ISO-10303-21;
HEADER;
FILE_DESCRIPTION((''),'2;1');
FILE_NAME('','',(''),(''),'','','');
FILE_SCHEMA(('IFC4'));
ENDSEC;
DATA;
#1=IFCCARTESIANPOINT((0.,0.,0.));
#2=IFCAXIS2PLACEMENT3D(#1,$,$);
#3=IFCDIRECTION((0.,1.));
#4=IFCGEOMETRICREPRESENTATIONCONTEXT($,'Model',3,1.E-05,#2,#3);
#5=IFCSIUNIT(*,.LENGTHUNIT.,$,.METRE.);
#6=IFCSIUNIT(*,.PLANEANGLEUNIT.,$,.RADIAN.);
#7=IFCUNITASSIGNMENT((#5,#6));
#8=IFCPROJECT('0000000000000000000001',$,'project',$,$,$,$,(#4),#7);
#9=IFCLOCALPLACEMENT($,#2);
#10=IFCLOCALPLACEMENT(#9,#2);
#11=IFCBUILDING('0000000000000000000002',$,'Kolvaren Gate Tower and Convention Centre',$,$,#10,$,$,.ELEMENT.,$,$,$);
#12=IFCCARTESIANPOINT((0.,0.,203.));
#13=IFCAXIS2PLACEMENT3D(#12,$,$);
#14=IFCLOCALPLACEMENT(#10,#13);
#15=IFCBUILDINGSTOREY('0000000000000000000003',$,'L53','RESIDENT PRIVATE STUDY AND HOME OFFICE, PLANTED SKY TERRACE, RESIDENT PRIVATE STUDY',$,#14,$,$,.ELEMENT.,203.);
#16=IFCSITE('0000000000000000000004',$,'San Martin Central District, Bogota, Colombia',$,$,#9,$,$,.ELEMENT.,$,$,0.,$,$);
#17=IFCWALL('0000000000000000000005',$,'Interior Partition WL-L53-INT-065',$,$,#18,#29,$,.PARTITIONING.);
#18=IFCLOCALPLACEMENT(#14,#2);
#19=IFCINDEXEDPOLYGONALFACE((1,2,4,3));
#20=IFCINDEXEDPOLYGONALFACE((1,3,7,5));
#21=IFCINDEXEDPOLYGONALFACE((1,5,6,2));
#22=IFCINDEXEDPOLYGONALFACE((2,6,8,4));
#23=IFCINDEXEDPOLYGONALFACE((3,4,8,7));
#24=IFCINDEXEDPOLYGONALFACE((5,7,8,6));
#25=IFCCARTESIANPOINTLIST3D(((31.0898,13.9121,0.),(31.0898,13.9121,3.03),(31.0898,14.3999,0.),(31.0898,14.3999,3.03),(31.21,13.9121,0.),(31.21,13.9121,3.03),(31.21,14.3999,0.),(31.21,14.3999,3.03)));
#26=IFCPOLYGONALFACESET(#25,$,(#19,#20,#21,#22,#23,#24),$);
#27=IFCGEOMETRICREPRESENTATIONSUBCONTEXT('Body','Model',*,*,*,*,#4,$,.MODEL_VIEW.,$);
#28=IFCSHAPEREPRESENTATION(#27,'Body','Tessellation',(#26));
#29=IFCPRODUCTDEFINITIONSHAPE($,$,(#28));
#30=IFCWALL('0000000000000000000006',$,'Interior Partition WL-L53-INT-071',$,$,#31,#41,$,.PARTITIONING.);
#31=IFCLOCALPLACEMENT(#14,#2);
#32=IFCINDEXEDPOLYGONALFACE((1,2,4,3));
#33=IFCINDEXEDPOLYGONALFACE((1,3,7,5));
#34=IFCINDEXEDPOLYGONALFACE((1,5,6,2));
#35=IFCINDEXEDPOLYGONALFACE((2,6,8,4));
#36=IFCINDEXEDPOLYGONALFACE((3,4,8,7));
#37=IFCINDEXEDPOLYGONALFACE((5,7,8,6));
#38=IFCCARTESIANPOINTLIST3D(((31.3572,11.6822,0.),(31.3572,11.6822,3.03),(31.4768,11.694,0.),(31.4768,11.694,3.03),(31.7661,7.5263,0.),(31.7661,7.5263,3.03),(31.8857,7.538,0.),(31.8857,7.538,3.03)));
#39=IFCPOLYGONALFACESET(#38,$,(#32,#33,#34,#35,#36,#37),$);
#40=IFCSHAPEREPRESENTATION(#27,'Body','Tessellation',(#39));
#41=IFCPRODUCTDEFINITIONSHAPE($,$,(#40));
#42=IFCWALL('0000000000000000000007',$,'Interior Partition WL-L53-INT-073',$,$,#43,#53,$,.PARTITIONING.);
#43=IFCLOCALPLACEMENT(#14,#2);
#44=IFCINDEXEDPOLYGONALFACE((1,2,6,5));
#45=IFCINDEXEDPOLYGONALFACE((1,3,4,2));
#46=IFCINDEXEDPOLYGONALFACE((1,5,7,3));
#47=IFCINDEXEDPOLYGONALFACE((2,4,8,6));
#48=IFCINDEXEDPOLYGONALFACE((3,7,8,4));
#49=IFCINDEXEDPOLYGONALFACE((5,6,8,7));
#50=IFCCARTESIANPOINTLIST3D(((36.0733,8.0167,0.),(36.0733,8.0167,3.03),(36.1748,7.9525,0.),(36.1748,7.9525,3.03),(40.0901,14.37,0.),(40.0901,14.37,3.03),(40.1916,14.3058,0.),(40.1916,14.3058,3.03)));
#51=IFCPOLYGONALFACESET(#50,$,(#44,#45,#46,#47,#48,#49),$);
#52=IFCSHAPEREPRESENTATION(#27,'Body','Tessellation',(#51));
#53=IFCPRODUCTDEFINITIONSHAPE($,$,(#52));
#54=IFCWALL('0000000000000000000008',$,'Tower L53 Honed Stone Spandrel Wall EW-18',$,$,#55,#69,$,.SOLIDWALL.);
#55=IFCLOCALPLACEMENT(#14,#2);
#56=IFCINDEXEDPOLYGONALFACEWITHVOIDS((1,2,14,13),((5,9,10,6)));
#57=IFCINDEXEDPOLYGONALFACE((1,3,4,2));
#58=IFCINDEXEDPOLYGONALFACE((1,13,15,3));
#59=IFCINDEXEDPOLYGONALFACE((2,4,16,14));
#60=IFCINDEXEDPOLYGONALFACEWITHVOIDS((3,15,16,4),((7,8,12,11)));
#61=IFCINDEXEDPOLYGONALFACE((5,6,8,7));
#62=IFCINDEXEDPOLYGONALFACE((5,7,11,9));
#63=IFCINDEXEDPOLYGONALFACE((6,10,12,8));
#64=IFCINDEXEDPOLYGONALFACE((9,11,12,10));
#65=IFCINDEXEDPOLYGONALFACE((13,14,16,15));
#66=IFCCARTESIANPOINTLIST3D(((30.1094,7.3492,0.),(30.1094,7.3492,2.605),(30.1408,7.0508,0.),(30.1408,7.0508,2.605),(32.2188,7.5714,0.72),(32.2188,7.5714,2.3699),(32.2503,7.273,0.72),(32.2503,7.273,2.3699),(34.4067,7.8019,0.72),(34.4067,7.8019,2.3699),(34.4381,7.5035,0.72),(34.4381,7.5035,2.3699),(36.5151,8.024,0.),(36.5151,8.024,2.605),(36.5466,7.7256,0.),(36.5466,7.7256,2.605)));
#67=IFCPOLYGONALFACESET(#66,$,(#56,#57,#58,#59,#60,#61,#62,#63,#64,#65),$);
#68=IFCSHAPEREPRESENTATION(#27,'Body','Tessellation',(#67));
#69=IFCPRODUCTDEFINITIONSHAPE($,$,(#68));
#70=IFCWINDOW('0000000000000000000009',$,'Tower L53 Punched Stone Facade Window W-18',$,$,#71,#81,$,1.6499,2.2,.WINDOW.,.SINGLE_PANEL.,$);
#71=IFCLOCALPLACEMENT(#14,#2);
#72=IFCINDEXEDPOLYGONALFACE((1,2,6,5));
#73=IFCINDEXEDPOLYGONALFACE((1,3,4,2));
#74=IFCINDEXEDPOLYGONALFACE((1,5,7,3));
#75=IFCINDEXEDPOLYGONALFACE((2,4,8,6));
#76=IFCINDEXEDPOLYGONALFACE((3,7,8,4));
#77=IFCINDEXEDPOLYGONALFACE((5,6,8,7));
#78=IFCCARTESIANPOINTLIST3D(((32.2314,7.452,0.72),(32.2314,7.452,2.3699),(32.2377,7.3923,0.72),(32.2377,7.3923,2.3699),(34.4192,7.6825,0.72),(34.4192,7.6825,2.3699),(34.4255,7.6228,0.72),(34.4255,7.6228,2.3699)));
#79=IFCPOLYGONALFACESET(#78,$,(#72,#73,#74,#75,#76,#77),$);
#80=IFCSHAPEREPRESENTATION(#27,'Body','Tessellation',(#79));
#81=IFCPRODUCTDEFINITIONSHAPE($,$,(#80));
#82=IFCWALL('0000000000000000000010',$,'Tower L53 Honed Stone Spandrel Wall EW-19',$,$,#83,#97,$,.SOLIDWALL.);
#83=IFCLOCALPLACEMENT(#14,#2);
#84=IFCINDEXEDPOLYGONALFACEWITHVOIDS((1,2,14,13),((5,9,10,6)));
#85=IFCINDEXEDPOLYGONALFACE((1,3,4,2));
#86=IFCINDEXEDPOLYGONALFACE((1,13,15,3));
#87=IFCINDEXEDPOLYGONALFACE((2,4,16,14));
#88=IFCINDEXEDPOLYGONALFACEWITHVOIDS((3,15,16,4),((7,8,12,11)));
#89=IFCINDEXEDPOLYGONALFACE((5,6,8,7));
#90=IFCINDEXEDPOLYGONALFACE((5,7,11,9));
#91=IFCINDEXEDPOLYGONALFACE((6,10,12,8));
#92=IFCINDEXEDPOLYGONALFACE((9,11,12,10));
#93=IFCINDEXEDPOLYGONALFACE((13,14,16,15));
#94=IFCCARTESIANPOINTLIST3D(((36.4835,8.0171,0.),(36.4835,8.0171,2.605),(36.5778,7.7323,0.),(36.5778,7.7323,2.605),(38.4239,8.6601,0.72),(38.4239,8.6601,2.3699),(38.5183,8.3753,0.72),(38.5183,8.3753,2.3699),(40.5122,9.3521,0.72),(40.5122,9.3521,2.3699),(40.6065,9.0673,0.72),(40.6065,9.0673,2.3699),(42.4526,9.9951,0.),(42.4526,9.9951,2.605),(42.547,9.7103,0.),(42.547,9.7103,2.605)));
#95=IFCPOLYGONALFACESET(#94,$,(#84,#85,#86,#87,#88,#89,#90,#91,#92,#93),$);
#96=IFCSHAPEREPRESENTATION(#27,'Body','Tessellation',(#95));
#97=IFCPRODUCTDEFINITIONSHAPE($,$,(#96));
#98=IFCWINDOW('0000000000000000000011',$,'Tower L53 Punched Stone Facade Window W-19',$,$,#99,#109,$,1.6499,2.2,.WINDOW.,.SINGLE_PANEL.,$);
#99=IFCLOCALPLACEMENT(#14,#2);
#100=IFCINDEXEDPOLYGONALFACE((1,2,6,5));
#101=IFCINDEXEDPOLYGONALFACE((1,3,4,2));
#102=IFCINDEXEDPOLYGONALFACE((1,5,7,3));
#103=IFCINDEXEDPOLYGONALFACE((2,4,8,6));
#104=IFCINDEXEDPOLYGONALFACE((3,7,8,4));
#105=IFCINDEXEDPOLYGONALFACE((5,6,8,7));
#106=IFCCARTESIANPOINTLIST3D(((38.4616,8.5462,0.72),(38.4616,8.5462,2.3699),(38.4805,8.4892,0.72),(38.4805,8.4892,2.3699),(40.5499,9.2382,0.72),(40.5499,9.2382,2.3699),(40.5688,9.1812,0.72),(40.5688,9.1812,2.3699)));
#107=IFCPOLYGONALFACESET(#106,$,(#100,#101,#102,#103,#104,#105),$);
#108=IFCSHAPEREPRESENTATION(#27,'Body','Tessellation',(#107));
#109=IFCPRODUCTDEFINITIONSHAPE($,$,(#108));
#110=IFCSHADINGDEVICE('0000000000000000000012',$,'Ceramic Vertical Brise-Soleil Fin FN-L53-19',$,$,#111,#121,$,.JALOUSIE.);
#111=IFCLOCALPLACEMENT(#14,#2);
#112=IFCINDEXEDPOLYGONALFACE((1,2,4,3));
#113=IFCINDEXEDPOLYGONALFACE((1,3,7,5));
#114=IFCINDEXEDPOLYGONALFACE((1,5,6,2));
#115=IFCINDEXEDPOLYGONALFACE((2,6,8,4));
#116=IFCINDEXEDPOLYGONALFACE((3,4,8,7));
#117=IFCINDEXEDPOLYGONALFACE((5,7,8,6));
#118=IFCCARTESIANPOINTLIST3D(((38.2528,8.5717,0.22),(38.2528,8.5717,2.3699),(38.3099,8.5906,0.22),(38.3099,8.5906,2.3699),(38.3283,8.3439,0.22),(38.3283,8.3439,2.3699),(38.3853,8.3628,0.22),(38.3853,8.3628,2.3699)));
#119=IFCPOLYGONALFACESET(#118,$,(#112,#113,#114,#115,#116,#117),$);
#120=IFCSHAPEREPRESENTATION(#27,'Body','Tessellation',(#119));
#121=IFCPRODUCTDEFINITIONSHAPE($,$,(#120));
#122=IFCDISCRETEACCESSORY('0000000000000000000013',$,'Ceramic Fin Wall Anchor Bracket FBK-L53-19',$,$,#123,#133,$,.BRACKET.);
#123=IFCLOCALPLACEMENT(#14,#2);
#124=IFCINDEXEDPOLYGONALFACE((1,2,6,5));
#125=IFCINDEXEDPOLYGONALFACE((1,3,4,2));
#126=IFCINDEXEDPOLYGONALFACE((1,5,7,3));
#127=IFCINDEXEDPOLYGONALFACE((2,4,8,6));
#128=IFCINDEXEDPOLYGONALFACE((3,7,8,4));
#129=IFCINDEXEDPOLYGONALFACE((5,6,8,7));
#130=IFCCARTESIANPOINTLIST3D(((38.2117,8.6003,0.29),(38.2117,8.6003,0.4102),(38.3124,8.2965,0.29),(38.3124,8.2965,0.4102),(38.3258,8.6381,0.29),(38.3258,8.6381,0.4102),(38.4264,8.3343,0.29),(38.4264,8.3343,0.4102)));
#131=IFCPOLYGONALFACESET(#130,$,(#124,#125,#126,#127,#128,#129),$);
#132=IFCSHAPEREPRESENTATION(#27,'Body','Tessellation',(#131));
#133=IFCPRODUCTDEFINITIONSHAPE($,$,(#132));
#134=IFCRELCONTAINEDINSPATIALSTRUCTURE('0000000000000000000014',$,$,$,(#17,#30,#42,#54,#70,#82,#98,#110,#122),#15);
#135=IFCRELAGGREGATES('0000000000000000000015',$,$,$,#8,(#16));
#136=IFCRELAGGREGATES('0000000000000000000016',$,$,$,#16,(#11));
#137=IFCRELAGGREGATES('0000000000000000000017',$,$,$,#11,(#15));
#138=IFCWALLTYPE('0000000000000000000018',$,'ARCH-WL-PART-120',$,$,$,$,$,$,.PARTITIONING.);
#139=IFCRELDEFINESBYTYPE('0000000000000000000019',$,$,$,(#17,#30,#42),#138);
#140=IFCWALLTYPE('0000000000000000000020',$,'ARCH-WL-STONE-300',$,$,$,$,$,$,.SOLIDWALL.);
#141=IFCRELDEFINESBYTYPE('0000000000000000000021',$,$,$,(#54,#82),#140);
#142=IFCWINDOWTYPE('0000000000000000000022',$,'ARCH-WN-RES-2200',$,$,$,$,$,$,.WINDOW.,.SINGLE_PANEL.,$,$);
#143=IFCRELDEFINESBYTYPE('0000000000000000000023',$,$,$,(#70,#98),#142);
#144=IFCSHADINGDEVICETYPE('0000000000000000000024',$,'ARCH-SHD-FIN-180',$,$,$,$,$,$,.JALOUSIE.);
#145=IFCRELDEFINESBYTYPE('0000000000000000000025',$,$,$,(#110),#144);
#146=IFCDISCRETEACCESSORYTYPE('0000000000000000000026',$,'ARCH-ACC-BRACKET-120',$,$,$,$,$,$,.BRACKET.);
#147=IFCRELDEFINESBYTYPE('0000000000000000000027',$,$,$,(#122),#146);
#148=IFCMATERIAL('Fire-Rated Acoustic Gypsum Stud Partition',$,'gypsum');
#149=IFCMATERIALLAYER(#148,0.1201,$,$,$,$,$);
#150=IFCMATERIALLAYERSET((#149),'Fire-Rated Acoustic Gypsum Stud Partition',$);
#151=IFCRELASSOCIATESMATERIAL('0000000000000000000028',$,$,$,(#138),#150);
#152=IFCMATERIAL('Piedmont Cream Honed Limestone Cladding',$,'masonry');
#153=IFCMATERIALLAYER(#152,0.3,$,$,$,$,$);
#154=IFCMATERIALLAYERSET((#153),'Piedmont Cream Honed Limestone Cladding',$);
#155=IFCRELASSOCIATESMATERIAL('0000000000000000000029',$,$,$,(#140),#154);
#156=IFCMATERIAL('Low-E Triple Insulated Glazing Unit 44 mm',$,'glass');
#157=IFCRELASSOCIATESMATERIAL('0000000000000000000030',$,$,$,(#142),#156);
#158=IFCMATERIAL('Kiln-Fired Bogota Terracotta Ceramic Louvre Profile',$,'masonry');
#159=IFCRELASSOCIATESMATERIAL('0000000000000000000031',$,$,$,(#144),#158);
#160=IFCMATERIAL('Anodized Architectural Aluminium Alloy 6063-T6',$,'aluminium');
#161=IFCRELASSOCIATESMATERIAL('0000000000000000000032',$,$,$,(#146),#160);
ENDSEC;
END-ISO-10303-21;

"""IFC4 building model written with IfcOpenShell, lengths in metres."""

from ifc_helpers import new_model, si_unit, direction, frame, frame_2d, origin, origin_2d, place, context, subcontext, project, spatial, rectangle, extrude, material, layer, layer_set, type_object, element, fill, save


model = new_model("IFC4")

# Units and contexts
model_context = context("Model", 3, precision=1e-05, world=origin(), true_north=direction((0.0, 1.0)))
body_context = subcontext(model_context, "Body", "Model", "MODEL_VIEW")
ifc_project = project(units=[si_unit("LENGTHUNIT", "METRE"), si_unit("PLANEANGLEUNIT", "RADIAN")], contexts=[model_context])

# Site, building, storey
site_placement = place(None, origin())
site = spatial("IfcSite", under=ifc_project, at=site_placement, Name="San Martin Central District, Bogota, Colombia", CompositionType="ELEMENT", RefElevation=0.0)
building_placement = place(site_placement, origin())
building = spatial("IfcBuilding", under=site, at=building_placement, Name="Kolvaren Gate Tower and Convention Centre", CompositionType="ELEMENT")
storey_placement = place(building_placement, frame((0.0, 0.0, 203.0)))
storey = spatial("IfcBuildingStorey", under=building, at=storey_placement, Name="L53", Description="RESIDENT PRIVATE STUDY AND HOME OFFICE, PLANTED SKY TERRACE, RESIDENT PRIVATE STUDY", CompositionType="ELEMENT", Elevation=203.0)

# Walls
ifc_material_1 = material(Name="Fire-Rated Acoustic Gypsum Stud Partition", Category="gypsum")
ifc_layer_1 = layer(ifc_material_1, 0.1201)
ifc_layer_set_1 = layer_set([ifc_layer_1], Name="Fire-Rated Acoustic Gypsum Stud Partition")
wall_type_1 = type_object("IfcWallType", Name="ARCH-WL-PART-120", PredefinedType="PARTITIONING", material=ifc_layer_set_1)
wall_1_placement = place(storey_placement, frame((31.1499, 13.9121, 0.0), z_axis=(0.0, 0.0, 1.0), x_axis=(0.0, 1.0, 0.0)))
element("IfcWall", 1, at=wall_1_placement, inside=storey, type_object=wall_type_1, Name="Interior Partition WL-L53-INT-065", PredefinedType="PARTITIONING", context=body_context, shape_type="SweptSolid", body=[
    extrude(rectangle(XDim=0.4878, YDim=0.1201, at=frame_2d((0.2439, 0.0))), origin(), (0.0, 0.0, 1.0), 3.03),
])
wall_2_placement = place(storey_placement, frame((31.417, 11.688, 0.0), z_axis=(0.0, 0.0, 1.0), x_axis=(0.097923, -0.995194, 0.0)))
element("IfcWall", 2, at=wall_2_placement, inside=storey, type_object=wall_type_1, Name="Interior Partition WL-L53-INT-071", PredefinedType="PARTITIONING", context=body_context, shape_type="SweptSolid", body=[
    extrude(rectangle(XDim=4.176, YDim=0.1201, at=frame_2d((2.0879, 0.0))), origin(), (0.0, 0.0, 1.0), 3.03),
])
wall_3_placement = place(storey_placement, frame((36.124, 7.9846, 0.0), z_axis=(0.0, 0.0, 1.0), x_axis=(0.534397, 0.845233, 0.0)))
element("IfcWall", 3, at=wall_3_placement, inside=storey, type_object=wall_type_1, Name="Interior Partition WL-L53-INT-073", PredefinedType="PARTITIONING", context=body_context, shape_type="SweptSolid", body=[
    extrude(rectangle(XDim=7.5166, YDim=0.1201, at=frame_2d((3.7583, 0.0))), origin(), (0.0, 0.0, 1.0), 3.03),
])

# Walls, openings, windows
ifc_material_2 = material(Name="Piedmont Cream Honed Limestone Cladding", Category="masonry")
ifc_layer_2 = layer(ifc_material_2, 0.3)
ifc_layer_set_2 = layer_set([ifc_layer_2], Name="Piedmont Cream Honed Limestone Cladding")
wall_type_2 = type_object("IfcWallType", Name="ARCH-WL-STONE-300", PredefinedType="SOLIDWALL", material=ifc_layer_set_2)
wall_4_placement = place(storey_placement, frame((30.125, 7.2, 0.0), z_axis=(0.0, 0.0, 1.0), x_axis=(0.994497, 0.104764, 0.0)))
wall_4 = element("IfcWall", 4, at=wall_4_placement, inside=storey, type_object=wall_type_2, Name="Tower L53 Honed Stone Spandrel Wall EW-18", PredefinedType="SOLIDWALL", context=body_context, shape_type="SweptSolid", body=[
    extrude(rectangle(XDim=6.4412, YDim=0.3, at=frame_2d((3.2207, 0.0))), origin(), (0.0, 0.0, 1.0), 2.605),
])
opening_1_placement = place(wall_4_placement, frame((2.1211, 0.0, 0.72)))
opening_1 = element("IfcOpeningElement", 5, at=opening_1_placement, cuts=wall_4, PredefinedType="OPENING", context=body_context, shape_type="SweptSolid", body=[
    extrude(rectangle(XDim=2.2, YDim=1.6499, at=frame_2d((1.1001, 0.825))), frame((0.0, 0.1599, 0.0), z_axis=(0.0, -1.0, 0.0), x_axis=(1.0, 0.0, 0.0)), (0.0, 0.0, 1.0), 0.3201),
])
ifc_material_3 = material(Name="Low-E Triple Insulated Glazing Unit 44 mm", Category="glass")
window_type = type_object("IfcWindowType", Name="ARCH-WN-RES-2200", PartitioningType="SINGLE_PANEL", PredefinedType="WINDOW", material=ifc_material_3)
window_1_placement = place(opening_1_placement, origin())
window_1 = element("IfcWindow", 6, at=window_1_placement, inside=storey, type_object=window_type, Name="Tower L53 Punched Stone Facade Window W-18", OverallHeight=1.6499, OverallWidth=2.2, PartitioningType="SINGLE_PANEL", PredefinedType="WINDOW", context=body_context, shape_type="SweptSolid", body=[
    extrude(rectangle(XDim=2.2, YDim=1.6499, at=frame_2d((1.1001, 0.825))), frame((0.0, 0.03, 0.0), z_axis=(0.0, -1.0, 0.0), x_axis=(1.0, 0.0, 0.0)), (0.0, 0.0, 1.0), 0.0601),
])
fill(opening_1, window_1)
wall_5_placement = place(storey_placement, frame((36.5308, 7.8748, 0.0), z_axis=(0.0, 0.0, 1.0), x_axis=(0.949241, 0.31455, 0.0)))
wall_5 = element("IfcWall", 7, at=wall_5_placement, inside=storey, type_object=wall_type_2, Name="Tower L53 Honed Stone Spandrel Wall EW-19", PredefinedType="SOLIDWALL", context=body_context, shape_type="SweptSolid", body=[
    extrude(rectangle(XDim=6.2883, YDim=0.3, at=frame_2d((3.144, 0.0))), origin(), (0.0, 0.0, 1.0), 2.605),
])
opening_2_placement = place(wall_5_placement, frame((2.0439, 0.0, 0.72)))
opening_2 = element("IfcOpeningElement", 8, at=opening_2_placement, cuts=wall_5, PredefinedType="OPENING", context=body_context, shape_type="SweptSolid", body=[
    extrude(rectangle(XDim=2.2, YDim=1.6499, at=frame_2d((1.1001, 0.825))), frame((0.0, 0.1599, 0.0), z_axis=(0.0, -1.0, 0.0), x_axis=(1.0, 0.0, 0.0)), (0.0, 0.0, 1.0), 0.3201),
])
window_2_placement = place(opening_2_placement, origin())
window_2 = element("IfcWindow", 9, at=window_2_placement, inside=storey, type_object=window_type, Name="Tower L53 Punched Stone Facade Window W-19", OverallHeight=1.6499, OverallWidth=2.2, PartitioningType="SINGLE_PANEL", PredefinedType="WINDOW", context=body_context, shape_type="SweptSolid", body=[
    extrude(rectangle(XDim=2.2, YDim=1.6499, at=frame_2d((1.1001, 0.825))), frame((0.0, 0.03, 0.0), z_axis=(0.0, -1.0, 0.0), x_axis=(1.0, 0.0, 0.0)), (0.0, 0.0, 1.0), 0.0601),
])
fill(opening_2, window_2)

# Shading device
ifc_material_4 = material(Name="Kiln-Fired Bogota Terracotta Ceramic Louvre Profile", Category="masonry")
shading_device_type = type_object("IfcShadingDeviceType", Name="ARCH-SHD-FIN-180", PredefinedType="JALOUSIE", material=ifc_material_4)
shading_device_placement = place(storey_placement, frame((38.3191, 8.4673, 0.22), z_axis=(0.0, 0.0, 1.0), x_axis=(0.949242, 0.314548, 0.0)))
element("IfcShadingDevice", 10, at=shading_device_placement, inside=storey, type_object=shading_device_type, Name="Ceramic Vertical Brise-Soleil Fin FN-L53-19", PredefinedType="JALOUSIE", context=body_context, shape_type="SweptSolid", body=[
    extrude(rectangle(XDim=0.0601, YDim=0.24, at=origin_2d()), origin(), (0.0, 0.0, 1.0), 2.1499),
])

# Discrete accessory
ifc_material_5 = material(Name="Anodized Architectural Aluminium Alloy 6063-T6", Category="aluminium")
discrete_accessory_type = type_object("IfcDiscreteAccessoryType", Name="ARCH-ACC-BRACKET-120", PredefinedType="BRACKET", material=ifc_material_5)
discrete_accessory_placement = place(storey_placement, frame((38.3191, 8.4673, 0.29), z_axis=(0.0, 0.0, 1.0), x_axis=(0.949242, 0.314548, 0.0)))
element("IfcDiscreteAccessory", 11, at=discrete_accessory_placement, inside=storey, type_object=discrete_accessory_type, Name="Ceramic Fin Wall Anchor Bracket FBK-L53-19", PredefinedType="BRACKET", context=body_context, shape_type="SweptSolid", body=[
    extrude(rectangle(XDim=0.1201, YDim=0.3201, at=origin_2d()), origin(), (0.0, 0.0, 1.0), 0.1201),
])

save(model, "model.ifc")
